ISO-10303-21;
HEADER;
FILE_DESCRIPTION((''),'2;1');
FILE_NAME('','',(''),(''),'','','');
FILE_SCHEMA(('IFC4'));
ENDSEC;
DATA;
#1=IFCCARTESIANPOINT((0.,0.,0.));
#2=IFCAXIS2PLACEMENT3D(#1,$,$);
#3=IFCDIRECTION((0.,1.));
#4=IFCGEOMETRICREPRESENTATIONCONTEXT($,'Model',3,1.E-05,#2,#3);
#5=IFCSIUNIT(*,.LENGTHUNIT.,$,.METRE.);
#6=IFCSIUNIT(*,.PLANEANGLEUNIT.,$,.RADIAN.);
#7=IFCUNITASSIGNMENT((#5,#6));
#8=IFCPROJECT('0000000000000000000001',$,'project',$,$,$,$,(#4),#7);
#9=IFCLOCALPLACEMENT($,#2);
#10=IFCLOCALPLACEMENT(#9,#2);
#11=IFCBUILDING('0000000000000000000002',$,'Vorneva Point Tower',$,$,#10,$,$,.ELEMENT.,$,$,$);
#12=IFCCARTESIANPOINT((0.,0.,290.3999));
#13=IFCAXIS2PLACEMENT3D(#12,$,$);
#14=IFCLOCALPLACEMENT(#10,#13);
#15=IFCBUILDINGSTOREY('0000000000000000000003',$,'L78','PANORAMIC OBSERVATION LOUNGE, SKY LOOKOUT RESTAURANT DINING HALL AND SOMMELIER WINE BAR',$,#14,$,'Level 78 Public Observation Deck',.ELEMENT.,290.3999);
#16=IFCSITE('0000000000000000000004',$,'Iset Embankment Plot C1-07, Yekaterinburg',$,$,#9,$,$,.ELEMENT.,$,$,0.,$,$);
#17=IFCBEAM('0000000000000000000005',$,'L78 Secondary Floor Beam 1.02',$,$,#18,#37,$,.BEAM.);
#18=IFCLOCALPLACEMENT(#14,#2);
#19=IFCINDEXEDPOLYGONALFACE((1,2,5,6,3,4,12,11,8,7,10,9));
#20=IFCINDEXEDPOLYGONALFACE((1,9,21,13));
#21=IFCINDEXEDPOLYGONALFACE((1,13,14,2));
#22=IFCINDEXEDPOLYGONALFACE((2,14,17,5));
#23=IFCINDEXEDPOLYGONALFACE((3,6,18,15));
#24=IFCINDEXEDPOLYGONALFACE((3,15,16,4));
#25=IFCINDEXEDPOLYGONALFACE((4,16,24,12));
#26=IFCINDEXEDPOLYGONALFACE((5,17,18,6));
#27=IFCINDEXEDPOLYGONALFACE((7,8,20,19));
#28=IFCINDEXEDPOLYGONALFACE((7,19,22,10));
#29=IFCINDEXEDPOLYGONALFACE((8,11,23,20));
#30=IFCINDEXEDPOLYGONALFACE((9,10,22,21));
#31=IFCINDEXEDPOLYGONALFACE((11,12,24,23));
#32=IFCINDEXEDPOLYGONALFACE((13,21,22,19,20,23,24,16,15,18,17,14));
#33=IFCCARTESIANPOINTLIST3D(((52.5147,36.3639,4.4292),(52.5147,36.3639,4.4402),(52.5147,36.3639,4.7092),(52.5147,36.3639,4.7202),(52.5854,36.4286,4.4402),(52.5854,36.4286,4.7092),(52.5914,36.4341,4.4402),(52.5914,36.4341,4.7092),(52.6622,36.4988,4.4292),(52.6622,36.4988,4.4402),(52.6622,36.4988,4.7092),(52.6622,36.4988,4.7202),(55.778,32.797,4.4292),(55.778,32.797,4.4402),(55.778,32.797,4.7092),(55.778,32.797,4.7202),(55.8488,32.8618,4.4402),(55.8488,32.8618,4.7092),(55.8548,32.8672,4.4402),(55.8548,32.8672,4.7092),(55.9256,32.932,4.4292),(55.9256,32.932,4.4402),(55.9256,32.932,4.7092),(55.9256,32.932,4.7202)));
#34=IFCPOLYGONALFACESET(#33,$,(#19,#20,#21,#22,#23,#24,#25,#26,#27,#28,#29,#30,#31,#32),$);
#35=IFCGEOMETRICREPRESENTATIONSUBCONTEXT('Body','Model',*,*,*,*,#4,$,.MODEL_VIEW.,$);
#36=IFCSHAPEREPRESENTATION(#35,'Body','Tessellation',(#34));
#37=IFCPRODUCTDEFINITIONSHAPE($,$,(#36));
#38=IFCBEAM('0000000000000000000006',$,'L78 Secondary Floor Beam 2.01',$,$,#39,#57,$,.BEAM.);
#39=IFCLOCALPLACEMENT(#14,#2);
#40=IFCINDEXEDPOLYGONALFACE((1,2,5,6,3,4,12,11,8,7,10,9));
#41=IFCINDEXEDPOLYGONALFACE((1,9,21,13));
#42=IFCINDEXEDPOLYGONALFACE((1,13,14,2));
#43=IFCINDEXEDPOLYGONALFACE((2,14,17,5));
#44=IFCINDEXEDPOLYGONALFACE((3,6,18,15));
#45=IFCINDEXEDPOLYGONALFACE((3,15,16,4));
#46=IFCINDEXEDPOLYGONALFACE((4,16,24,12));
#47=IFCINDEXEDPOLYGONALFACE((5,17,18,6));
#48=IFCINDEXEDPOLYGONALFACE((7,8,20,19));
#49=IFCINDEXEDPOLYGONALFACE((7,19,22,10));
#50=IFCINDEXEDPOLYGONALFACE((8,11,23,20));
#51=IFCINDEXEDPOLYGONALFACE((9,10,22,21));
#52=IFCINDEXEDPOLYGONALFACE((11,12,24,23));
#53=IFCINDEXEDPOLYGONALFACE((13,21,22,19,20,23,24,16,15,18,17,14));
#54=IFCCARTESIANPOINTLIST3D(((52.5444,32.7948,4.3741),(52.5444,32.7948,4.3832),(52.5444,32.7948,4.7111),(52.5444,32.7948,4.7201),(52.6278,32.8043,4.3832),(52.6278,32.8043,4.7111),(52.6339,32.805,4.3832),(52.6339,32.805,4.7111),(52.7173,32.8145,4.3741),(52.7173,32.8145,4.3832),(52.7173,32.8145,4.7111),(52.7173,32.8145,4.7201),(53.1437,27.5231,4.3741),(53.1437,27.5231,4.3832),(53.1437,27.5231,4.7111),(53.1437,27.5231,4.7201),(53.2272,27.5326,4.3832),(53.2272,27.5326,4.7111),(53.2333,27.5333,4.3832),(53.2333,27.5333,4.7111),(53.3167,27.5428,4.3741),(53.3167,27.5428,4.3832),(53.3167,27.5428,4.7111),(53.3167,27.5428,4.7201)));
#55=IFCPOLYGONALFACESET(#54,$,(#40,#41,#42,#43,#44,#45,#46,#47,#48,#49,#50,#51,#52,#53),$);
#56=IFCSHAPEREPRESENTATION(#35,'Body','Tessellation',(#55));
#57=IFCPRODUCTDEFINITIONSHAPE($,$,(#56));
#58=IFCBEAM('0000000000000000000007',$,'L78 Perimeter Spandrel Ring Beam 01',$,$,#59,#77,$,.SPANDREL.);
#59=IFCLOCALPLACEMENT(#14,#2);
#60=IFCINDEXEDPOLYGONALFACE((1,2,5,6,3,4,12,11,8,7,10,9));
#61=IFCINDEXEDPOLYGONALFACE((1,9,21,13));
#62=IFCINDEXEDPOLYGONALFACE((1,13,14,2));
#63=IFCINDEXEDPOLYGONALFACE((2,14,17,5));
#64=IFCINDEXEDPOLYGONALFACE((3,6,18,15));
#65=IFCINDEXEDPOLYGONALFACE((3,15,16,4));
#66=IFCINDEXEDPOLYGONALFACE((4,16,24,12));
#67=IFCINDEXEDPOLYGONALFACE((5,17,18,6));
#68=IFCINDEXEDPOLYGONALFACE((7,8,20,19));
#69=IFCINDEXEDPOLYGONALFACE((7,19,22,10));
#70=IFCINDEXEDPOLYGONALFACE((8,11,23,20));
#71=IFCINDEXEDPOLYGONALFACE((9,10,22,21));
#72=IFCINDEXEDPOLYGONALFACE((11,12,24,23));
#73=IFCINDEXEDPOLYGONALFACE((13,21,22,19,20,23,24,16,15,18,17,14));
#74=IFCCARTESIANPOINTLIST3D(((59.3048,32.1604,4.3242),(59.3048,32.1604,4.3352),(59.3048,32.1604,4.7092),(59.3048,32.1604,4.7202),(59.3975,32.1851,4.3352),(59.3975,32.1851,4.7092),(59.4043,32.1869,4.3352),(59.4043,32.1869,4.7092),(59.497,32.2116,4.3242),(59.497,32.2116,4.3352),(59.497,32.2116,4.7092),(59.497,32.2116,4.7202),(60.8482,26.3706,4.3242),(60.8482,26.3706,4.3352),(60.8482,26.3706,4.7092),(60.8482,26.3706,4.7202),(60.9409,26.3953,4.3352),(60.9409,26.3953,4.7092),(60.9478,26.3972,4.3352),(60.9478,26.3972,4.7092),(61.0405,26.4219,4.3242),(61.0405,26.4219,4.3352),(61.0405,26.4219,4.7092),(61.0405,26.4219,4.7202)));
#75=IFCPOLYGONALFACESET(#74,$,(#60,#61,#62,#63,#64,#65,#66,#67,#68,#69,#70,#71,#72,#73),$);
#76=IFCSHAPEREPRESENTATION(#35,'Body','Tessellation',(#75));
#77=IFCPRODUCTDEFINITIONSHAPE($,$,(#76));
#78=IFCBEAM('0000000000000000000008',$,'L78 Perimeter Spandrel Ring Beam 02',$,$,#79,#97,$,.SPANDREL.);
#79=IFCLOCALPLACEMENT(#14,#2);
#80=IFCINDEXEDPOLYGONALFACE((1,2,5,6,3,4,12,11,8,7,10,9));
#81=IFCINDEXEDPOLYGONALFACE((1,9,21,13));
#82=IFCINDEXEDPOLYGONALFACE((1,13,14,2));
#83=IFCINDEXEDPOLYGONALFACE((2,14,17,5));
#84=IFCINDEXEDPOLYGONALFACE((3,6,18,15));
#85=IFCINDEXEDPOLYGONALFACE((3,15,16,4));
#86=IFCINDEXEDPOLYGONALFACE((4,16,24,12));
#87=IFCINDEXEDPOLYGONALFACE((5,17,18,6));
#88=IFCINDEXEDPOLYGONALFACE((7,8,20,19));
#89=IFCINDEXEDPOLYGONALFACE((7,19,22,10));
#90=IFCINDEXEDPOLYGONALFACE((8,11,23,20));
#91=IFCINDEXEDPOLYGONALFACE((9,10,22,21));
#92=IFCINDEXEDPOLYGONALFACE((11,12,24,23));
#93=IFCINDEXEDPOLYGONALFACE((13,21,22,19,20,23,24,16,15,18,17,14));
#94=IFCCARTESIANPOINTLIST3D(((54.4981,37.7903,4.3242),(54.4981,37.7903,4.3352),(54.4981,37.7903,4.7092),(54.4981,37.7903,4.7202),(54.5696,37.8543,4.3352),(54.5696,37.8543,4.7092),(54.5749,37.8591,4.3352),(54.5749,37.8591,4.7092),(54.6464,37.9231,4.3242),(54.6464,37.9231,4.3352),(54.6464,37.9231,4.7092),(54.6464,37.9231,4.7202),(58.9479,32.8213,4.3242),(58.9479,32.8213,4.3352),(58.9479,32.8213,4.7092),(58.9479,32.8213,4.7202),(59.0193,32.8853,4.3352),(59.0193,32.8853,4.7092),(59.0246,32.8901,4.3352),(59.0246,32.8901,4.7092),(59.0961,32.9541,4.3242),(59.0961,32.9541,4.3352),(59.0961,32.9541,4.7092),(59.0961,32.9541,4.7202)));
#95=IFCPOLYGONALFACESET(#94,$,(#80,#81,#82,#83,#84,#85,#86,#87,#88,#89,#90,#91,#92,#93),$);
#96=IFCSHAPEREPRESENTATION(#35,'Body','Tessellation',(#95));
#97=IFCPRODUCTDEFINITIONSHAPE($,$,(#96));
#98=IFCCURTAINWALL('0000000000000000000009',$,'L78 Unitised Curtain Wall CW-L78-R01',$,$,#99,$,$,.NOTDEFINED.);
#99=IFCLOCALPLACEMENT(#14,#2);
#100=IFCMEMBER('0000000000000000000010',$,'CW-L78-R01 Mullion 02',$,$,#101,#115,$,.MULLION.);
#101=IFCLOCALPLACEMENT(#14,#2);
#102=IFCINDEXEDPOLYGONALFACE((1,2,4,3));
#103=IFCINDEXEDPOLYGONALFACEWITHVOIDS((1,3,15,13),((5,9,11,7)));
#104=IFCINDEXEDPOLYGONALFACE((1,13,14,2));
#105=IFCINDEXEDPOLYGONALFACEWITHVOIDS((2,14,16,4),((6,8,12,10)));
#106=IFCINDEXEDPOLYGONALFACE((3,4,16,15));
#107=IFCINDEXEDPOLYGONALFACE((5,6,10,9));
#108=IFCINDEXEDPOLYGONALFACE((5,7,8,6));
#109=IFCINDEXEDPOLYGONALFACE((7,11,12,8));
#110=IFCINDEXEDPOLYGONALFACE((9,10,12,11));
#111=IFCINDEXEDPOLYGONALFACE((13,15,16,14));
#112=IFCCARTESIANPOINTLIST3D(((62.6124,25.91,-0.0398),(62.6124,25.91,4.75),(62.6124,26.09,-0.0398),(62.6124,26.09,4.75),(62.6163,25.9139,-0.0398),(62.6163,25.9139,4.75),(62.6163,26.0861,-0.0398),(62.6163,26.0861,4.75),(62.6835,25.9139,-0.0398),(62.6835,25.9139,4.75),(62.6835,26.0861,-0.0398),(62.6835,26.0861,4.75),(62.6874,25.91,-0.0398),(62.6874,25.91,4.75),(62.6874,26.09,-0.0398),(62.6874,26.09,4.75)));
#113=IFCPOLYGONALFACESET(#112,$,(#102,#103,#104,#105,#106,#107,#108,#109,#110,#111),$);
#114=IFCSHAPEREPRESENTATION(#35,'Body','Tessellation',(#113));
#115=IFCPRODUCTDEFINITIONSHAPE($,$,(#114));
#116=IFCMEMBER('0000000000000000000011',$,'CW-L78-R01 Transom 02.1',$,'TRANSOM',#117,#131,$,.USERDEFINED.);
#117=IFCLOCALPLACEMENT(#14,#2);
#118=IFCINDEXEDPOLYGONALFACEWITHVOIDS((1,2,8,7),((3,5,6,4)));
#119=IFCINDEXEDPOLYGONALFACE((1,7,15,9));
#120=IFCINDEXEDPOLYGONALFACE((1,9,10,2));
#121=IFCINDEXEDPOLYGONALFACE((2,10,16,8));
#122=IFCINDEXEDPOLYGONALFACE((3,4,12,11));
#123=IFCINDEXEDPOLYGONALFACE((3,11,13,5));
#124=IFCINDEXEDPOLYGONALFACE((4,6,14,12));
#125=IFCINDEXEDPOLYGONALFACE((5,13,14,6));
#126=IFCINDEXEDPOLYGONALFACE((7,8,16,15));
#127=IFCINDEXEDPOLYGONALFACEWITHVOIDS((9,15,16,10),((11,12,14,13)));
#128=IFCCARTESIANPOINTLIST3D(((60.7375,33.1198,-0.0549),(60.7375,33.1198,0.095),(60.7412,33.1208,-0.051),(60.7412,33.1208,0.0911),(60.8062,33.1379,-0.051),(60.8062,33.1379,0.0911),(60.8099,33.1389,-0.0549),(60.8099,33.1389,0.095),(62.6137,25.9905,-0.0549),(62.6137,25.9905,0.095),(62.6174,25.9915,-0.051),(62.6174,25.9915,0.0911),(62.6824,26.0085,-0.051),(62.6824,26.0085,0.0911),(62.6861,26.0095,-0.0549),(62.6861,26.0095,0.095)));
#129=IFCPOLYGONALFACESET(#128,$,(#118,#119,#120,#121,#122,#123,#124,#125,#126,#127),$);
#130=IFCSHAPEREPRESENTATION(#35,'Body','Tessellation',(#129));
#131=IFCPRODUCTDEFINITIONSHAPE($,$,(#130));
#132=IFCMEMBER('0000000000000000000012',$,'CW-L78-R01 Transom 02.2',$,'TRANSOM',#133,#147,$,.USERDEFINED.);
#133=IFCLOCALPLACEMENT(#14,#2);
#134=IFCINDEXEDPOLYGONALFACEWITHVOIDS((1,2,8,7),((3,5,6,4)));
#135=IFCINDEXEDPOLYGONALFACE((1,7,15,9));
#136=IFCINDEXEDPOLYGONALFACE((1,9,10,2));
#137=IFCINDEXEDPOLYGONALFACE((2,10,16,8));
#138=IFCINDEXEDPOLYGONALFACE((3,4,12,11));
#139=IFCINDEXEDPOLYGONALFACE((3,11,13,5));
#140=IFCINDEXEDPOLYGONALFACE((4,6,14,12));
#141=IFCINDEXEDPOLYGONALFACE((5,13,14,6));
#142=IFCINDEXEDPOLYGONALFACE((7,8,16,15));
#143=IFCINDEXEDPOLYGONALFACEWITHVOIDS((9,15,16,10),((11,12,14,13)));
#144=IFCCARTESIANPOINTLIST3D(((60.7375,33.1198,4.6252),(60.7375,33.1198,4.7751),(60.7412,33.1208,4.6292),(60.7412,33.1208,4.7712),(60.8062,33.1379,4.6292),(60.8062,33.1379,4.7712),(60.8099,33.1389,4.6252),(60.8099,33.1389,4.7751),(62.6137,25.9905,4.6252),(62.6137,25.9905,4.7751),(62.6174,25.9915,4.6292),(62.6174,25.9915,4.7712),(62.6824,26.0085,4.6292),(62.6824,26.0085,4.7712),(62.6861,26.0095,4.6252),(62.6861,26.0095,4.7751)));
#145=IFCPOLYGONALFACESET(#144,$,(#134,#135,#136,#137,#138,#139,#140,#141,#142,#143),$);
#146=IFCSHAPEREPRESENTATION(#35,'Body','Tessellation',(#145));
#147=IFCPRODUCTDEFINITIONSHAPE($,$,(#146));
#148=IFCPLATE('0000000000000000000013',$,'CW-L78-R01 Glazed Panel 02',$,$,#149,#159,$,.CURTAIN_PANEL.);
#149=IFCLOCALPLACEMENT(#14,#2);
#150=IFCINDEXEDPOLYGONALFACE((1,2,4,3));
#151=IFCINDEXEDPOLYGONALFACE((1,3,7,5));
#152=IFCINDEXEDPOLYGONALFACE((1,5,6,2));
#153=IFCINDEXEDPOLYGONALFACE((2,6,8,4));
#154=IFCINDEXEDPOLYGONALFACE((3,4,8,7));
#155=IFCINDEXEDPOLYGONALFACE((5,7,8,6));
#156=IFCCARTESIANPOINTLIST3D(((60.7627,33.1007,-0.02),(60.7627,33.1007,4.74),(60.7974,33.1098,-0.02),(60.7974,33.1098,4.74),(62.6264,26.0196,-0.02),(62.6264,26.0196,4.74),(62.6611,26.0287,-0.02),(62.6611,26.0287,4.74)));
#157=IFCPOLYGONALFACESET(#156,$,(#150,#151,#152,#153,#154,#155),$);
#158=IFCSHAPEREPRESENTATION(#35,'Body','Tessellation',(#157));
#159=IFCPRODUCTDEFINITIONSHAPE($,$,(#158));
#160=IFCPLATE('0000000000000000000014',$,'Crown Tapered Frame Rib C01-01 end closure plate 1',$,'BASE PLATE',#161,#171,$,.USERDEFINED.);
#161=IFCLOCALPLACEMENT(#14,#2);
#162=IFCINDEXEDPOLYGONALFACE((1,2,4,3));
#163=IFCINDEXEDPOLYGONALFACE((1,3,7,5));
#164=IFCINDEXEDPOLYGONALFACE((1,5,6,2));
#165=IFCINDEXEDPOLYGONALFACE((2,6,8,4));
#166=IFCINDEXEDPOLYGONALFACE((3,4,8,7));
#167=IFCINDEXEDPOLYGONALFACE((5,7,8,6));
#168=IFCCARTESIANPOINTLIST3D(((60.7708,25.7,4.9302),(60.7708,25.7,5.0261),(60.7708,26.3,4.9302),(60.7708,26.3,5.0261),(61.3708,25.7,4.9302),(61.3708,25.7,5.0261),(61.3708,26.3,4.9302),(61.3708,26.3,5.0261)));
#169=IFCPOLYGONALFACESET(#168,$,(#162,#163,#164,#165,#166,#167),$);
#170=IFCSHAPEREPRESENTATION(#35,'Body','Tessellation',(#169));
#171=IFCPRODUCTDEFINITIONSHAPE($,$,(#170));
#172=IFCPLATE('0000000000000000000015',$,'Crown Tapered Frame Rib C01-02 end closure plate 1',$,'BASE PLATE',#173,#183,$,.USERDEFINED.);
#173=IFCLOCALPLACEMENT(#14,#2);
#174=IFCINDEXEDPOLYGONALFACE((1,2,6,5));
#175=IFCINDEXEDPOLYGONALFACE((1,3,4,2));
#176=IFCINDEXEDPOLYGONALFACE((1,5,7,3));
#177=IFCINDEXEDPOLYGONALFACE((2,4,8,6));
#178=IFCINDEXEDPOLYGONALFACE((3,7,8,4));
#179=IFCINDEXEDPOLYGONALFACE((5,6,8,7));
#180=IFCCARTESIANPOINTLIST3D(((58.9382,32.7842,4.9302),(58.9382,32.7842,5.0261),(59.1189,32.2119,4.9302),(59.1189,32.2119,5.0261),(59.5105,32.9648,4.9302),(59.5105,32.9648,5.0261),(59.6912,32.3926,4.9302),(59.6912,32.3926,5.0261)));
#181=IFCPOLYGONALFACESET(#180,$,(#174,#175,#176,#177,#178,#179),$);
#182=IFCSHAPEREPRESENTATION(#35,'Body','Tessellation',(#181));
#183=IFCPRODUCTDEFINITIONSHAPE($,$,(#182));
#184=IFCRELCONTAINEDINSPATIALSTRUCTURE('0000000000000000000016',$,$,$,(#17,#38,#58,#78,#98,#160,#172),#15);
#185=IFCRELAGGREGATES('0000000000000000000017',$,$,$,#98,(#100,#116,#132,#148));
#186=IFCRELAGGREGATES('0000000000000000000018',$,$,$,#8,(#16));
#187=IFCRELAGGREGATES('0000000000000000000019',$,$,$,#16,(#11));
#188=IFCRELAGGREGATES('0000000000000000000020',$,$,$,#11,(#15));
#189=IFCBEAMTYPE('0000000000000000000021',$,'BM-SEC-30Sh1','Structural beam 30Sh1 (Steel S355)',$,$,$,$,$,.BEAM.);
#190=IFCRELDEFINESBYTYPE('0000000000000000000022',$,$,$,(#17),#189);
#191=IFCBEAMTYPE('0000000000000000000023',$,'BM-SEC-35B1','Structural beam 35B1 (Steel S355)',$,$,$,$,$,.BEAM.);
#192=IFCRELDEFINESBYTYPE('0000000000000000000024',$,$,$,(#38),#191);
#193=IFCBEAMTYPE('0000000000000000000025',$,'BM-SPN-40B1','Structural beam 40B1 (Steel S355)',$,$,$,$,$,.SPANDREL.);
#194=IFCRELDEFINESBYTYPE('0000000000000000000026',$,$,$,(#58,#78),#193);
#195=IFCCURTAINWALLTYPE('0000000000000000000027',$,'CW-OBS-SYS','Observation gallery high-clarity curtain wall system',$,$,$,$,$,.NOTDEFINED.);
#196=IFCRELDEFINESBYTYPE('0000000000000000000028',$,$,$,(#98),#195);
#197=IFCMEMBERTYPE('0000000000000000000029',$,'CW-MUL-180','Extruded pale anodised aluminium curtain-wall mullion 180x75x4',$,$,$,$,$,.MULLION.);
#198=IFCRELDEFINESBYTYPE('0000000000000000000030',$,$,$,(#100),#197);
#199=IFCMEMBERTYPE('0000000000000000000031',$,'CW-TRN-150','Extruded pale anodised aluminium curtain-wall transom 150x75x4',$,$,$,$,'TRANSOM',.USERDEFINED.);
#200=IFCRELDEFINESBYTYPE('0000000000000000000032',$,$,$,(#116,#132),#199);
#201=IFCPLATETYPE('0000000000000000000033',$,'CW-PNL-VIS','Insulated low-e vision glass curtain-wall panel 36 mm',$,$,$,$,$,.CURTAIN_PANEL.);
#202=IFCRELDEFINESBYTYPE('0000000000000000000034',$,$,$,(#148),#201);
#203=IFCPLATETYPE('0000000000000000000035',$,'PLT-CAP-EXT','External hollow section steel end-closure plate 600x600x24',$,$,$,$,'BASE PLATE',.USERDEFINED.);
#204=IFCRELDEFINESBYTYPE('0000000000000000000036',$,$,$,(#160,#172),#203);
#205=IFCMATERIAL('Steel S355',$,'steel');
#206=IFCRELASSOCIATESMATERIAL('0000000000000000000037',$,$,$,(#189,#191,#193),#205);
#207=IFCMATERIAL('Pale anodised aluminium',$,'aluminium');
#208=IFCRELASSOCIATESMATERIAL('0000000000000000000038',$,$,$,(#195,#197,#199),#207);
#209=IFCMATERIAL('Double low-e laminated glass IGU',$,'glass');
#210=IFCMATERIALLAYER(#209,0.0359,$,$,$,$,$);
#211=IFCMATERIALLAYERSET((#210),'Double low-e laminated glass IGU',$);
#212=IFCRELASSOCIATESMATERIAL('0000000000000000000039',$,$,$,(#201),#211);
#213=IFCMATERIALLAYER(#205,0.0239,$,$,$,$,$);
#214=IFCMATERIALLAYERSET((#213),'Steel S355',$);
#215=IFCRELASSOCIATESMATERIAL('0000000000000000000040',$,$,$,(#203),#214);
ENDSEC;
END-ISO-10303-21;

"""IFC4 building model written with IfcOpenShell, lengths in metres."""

from ifc_helpers import new_model, si_unit, direction, frame, origin, origin_2d, place, context, subcontext, project, spatial, rectangle, hollow_rectangle, i_section, extrude, material, layer, layer_set, material_profile, profile_set, type_object, element, aggregate, save


model = new_model("IFC4")

# Units and contexts
model_context = context("Model", 3, precision=1e-05, world=origin(), true_north=direction((0.0, 1.0)))
body_context = subcontext(model_context, "Body", "Model", "MODEL_VIEW")
ifc_project = project(units=[si_unit("LENGTHUNIT", "METRE"), si_unit("PLANEANGLEUNIT", "RADIAN")], contexts=[model_context])

# Site, building, storey
site_placement = place(None, origin())
site = spatial("IfcSite", under=ifc_project, at=site_placement, Name="Iset Embankment Plot C1-07, Yekaterinburg", CompositionType="ELEMENT", RefElevation=0.0)
building_placement = place(site_placement, origin())
building = spatial("IfcBuilding", under=site, at=building_placement, Name="Vorneva Point Tower", CompositionType="ELEMENT")
storey_placement = place(building_placement, frame((0.0, 0.0, 290.3999)))
storey = spatial("IfcBuildingStorey", under=building, at=storey_placement, Name="L78", Description="PANORAMIC OBSERVATION LOUNGE, SKY LOOKOUT RESTAURANT DINING HALL AND SOMMELIER WINE BAR", LongName="Level 78 Public Observation Deck", CompositionType="ELEMENT", Elevation=290.3999)

# Beams
ifc_material_1 = material(Name="Steel S355", Category="steel")
ifc_material_profile_1 = material_profile(ifc_material_1, i_section(OverallWidth=0.2, OverallDepth=0.291, WebThickness=0.0081, FlangeThickness=0.011, at=origin_2d()), Name="30Sh1")
ifc_profile_set_1 = profile_set([ifc_material_profile_1], Name="Steel S355")
beam_type_1 = type_object("IfcBeamType", Name="BM-SEC-30Sh1", Description="Structural beam 30Sh1 (Steel S355)", PredefinedType="BEAM", material=ifc_profile_set_1)
beam_1_placement = place(storey_placement, frame((55.8518, 32.8645, 4.5747), z_axis=(-0.675025, 0.737795, 0.0), x_axis=(-0.737795, -0.675025, 0.0)))
element("IfcBeam", 1, at=beam_1_placement, inside=storey, type_object=beam_type_1, Name="L78 Secondary Floor Beam 1.02", PredefinedType="BEAM", context=body_context, shape_type="SweptSolid", body=[
    extrude(i_section(OverallWidth=0.2, OverallDepth=0.291, WebThickness=0.0081, FlangeThickness=0.011, at=origin_2d()), origin(), (0.0, 0.0, 1.0), 4.8345),
])
ifc_material_profile_2 = material_profile(ifc_material_1, i_section(OverallWidth=0.1741, OverallDepth=0.3459, WebThickness=0.0061, FlangeThickness=0.009, at=origin_2d()), Name="35B1")
ifc_profile_set_2 = profile_set([ifc_material_profile_2], Name="Steel S355")
beam_type_2 = type_object("IfcBeamType", Name="BM-SEC-35B1", Description="Structural beam 35B1 (Steel S355)", PredefinedType="BEAM", material=ifc_profile_set_2)
beam_2_placement = place(storey_placement, frame((53.2302, 27.533, 4.5471), z_axis=(-0.112966, 0.993599, 0.0), x_axis=(-0.993599, -0.112966, 0.0)))
element("IfcBeam", 2, at=beam_2_placement, inside=storey, type_object=beam_type_2, Name="L78 Secondary Floor Beam 2.01", PredefinedType="BEAM", context=body_context, shape_type="SweptSolid", body=[
    extrude(i_section(OverallWidth=0.1741, OverallDepth=0.3459, WebThickness=0.0061, FlangeThickness=0.009, at=origin_2d()), origin(), (0.0, 0.0, 1.0), 5.3057),
])
ifc_material_profile_3 = material_profile(ifc_material_1, i_section(OverallWidth=0.199, OverallDepth=0.396, WebThickness=0.0071, FlangeThickness=0.011, at=origin_2d()), Name="40B1")
ifc_profile_set_3 = profile_set([ifc_material_profile_3], Name="Steel S355")
beam_type_3 = type_object("IfcBeamType", Name="BM-SPN-40B1", Description="Structural beam 40B1 (Steel S355)", PredefinedType="SPANDREL", material=ifc_profile_set_3)
beam_3_placement = place(storey_placement, frame((60.9443, 26.3962, 4.5222), z_axis=(-0.257587, 0.966255, 0.0), x_axis=(-0.966255, -0.257587, 0.0)))
element("IfcBeam", 3, at=beam_3_placement, inside=storey, type_object=beam_type_3, Name="L78 Perimeter Spandrel Ring Beam 01", PredefinedType="SPANDREL", context=body_context, shape_type="SweptSolid", body=[
    extrude(i_section(OverallWidth=0.199, OverallDepth=0.396, WebThickness=0.0071, FlangeThickness=0.011, at=origin_2d()), origin(), (0.0, 0.0, 1.0), 5.9919),
])
beam_4_placement = place(storey_placement, frame((59.022, 32.8877, 4.5222), z_axis=(-0.667108, 0.744961, 0.0), x_axis=(-0.744961, -0.667108, 0.0)))
element("IfcBeam", 4, at=beam_4_placement, inside=storey, type_object=beam_type_3, Name="L78 Perimeter Spandrel Ring Beam 02", PredefinedType="SPANDREL", context=body_context, shape_type="SweptSolid", body=[
    extrude(i_section(OverallWidth=0.199, OverallDepth=0.396, WebThickness=0.0071, FlangeThickness=0.011, at=origin_2d()), origin(), (0.0, 0.0, 1.0), 6.6702),
])

# Curtain wall, members, plate
ifc_material_2 = material(Name="Pale anodised aluminium", Category="aluminium")
curtain_wall_type = type_object("IfcCurtainWallType", Name="CW-OBS-SYS", Description="Observation gallery high-clarity curtain wall system", PredefinedType="NOTDEFINED", material=ifc_material_2)
curtain_wall_placement = place(storey_placement, origin())
curtain_wall = element("IfcCurtainWall", 5, at=curtain_wall_placement, inside=storey, type_object=curtain_wall_type, Name="L78 Unitised Curtain Wall CW-L78-R01", PredefinedType="NOTDEFINED")
ifc_material_profile_4 = material_profile(ifc_material_2, hollow_rectangle(XDim=0.075, YDim=0.1799, WallThickness=0.0039, at=origin_2d()), Name="AL-MUL 180x75x4")
ifc_profile_set_4 = profile_set([ifc_material_profile_4], Name="Pale anodised aluminium")
member_type_1 = type_object("IfcMemberType", Name="CW-MUL-180", Description="Extruded pale anodised aluminium curtain-wall mullion 180x75x4", PredefinedType="MULLION", material=ifc_profile_set_4)
member_1_placement = place(storey_placement, frame((62.6499, 26.0, -0.0398), z_axis=(0.0, 0.0, 1.0), x_axis=(1.0, 0.0, 0.0)))
member_1 = element("IfcMember", 6, at=member_1_placement, type_object=member_type_1, Name="CW-L78-R01 Mullion 02", PredefinedType="MULLION", context=body_context, shape_type="SweptSolid", body=[
    extrude(hollow_rectangle(XDim=0.075, YDim=0.1799, WallThickness=0.0039, at=origin_2d()), origin(), (0.0, 0.0, 1.0), 4.7898),
])
ifc_material_profile_5 = material_profile(ifc_material_2, hollow_rectangle(XDim=0.075, YDim=0.1499, WallThickness=0.0039, at=origin_2d()), Name="AL-TRN 150x75x4")
ifc_profile_set_5 = profile_set([ifc_material_profile_5], Name="Pale anodised aluminium")
member_type_2 = type_object("IfcMemberType", Name="CW-TRN-150", Description="Extruded pale anodised aluminium curtain-wall transom 150x75x4", ElementType="TRANSOM", PredefinedType="USERDEFINED", material=ifc_profile_set_5)
member_2_placement = place(storey_placement, frame((62.6499, 26.0, 0.02), z_axis=(-0.254501, 0.967072, 0.0), x_axis=(-0.967072, -0.254501, 0.0)))
member_2 = element("IfcMember", 7, at=member_2_placement, type_object=member_type_2, Name="CW-L78-R01 Transom 02.1", ObjectType="TRANSOM", PredefinedType="USERDEFINED", context=body_context, shape_type="SweptSolid", body=[
    extrude(hollow_rectangle(XDim=0.075, YDim=0.1499, WallThickness=0.0039, at=origin_2d()), origin(), (0.0, 0.0, 1.0), 7.3721),
])
member_3_placement = place(storey_placement, frame((62.6499, 26.0, 4.7002), z_axis=(-0.254501, 0.967072, 0.0), x_axis=(-0.967072, -0.254501, 0.0)))
member_3 = element("IfcMember", 8, at=member_3_placement, type_object=member_type_2, Name="CW-L78-R01 Transom 02.2", ObjectType="TRANSOM", PredefinedType="USERDEFINED", context=body_context, shape_type="SweptSolid", body=[
    extrude(hollow_rectangle(XDim=0.075, YDim=0.1499, WallThickness=0.0039, at=origin_2d()), origin(), (0.0, 0.0, 1.0), 7.3721),
])
ifc_material_3 = material(Name="Double low-e laminated glass IGU", Category="glass")
ifc_layer_1 = layer(ifc_material_3, 0.0359)
ifc_layer_set_1 = layer_set([ifc_layer_1], Name="Double low-e laminated glass IGU")
plate_type_1 = type_object("IfcPlateType", Name="CW-PNL-VIS", Description="Insulated low-e vision glass curtain-wall panel 36 mm", PredefinedType="CURTAIN_PANEL", material=ifc_layer_set_1)
plate_placement = place(storey_placement, frame((61.7119, 29.5647, -0.02), z_axis=(0.0, 0.0, 1.0), x_axis=(-0.254518, 0.967068, 0.0)))
plate = element("IfcPlate", 9, at=plate_placement, type_object=plate_type_1, Name="CW-L78-R01 Glazed Panel 02", PredefinedType="CURTAIN_PANEL", context=body_context, shape_type="SweptSolid", body=[
    extrude(rectangle(XDim=7.3223, YDim=0.0359, at=origin_2d()), origin(), (0.0, 0.0, 1.0), 4.76),
])
aggregate(curtain_wall, [member_1, member_2, member_3, plate])

# Plates
ifc_layer_2 = layer(ifc_material_1, 0.0239)
ifc_layer_set_2 = layer_set([ifc_layer_2], Name="Steel S355")
plate_type_2 = type_object("IfcPlateType", Name="PLT-CAP-EXT", Description="External hollow section steel end-closure plate 600x600x24", ElementType="BASE PLATE", PredefinedType="USERDEFINED", material=ifc_layer_set_2)
for number, where, z_axis, x_axis, name in (
    (10, (61.0708, 26.0, 4.9302), (0.0, 0.0, 1.0), (-1.0, 0.0, 0.0), "Crown Tapered Frame Rib C01-01 end closure plate 1"),
    (11, (59.3147, 32.5884, 4.9302), (0.0, 0.0, 1.0), (-0.953601, -0.301072, 0.0), "Crown Tapered Frame Rib C01-02 end closure plate 1"),
):
    element("IfcPlate", number, at=place(storey_placement, frame(where, z_axis=z_axis, x_axis=x_axis)), inside=storey, type_object=plate_type_2, Name=name, ObjectType="BASE PLATE", PredefinedType="USERDEFINED", context=body_context, shape_type="SweptSolid", body=[
        extrude(rectangle(XDim=0.6001, YDim=0.6001, at=origin_2d()), origin(), (0.0, 0.0, 1.0), 0.0959),
    ])

save(model, "model.ifc")
